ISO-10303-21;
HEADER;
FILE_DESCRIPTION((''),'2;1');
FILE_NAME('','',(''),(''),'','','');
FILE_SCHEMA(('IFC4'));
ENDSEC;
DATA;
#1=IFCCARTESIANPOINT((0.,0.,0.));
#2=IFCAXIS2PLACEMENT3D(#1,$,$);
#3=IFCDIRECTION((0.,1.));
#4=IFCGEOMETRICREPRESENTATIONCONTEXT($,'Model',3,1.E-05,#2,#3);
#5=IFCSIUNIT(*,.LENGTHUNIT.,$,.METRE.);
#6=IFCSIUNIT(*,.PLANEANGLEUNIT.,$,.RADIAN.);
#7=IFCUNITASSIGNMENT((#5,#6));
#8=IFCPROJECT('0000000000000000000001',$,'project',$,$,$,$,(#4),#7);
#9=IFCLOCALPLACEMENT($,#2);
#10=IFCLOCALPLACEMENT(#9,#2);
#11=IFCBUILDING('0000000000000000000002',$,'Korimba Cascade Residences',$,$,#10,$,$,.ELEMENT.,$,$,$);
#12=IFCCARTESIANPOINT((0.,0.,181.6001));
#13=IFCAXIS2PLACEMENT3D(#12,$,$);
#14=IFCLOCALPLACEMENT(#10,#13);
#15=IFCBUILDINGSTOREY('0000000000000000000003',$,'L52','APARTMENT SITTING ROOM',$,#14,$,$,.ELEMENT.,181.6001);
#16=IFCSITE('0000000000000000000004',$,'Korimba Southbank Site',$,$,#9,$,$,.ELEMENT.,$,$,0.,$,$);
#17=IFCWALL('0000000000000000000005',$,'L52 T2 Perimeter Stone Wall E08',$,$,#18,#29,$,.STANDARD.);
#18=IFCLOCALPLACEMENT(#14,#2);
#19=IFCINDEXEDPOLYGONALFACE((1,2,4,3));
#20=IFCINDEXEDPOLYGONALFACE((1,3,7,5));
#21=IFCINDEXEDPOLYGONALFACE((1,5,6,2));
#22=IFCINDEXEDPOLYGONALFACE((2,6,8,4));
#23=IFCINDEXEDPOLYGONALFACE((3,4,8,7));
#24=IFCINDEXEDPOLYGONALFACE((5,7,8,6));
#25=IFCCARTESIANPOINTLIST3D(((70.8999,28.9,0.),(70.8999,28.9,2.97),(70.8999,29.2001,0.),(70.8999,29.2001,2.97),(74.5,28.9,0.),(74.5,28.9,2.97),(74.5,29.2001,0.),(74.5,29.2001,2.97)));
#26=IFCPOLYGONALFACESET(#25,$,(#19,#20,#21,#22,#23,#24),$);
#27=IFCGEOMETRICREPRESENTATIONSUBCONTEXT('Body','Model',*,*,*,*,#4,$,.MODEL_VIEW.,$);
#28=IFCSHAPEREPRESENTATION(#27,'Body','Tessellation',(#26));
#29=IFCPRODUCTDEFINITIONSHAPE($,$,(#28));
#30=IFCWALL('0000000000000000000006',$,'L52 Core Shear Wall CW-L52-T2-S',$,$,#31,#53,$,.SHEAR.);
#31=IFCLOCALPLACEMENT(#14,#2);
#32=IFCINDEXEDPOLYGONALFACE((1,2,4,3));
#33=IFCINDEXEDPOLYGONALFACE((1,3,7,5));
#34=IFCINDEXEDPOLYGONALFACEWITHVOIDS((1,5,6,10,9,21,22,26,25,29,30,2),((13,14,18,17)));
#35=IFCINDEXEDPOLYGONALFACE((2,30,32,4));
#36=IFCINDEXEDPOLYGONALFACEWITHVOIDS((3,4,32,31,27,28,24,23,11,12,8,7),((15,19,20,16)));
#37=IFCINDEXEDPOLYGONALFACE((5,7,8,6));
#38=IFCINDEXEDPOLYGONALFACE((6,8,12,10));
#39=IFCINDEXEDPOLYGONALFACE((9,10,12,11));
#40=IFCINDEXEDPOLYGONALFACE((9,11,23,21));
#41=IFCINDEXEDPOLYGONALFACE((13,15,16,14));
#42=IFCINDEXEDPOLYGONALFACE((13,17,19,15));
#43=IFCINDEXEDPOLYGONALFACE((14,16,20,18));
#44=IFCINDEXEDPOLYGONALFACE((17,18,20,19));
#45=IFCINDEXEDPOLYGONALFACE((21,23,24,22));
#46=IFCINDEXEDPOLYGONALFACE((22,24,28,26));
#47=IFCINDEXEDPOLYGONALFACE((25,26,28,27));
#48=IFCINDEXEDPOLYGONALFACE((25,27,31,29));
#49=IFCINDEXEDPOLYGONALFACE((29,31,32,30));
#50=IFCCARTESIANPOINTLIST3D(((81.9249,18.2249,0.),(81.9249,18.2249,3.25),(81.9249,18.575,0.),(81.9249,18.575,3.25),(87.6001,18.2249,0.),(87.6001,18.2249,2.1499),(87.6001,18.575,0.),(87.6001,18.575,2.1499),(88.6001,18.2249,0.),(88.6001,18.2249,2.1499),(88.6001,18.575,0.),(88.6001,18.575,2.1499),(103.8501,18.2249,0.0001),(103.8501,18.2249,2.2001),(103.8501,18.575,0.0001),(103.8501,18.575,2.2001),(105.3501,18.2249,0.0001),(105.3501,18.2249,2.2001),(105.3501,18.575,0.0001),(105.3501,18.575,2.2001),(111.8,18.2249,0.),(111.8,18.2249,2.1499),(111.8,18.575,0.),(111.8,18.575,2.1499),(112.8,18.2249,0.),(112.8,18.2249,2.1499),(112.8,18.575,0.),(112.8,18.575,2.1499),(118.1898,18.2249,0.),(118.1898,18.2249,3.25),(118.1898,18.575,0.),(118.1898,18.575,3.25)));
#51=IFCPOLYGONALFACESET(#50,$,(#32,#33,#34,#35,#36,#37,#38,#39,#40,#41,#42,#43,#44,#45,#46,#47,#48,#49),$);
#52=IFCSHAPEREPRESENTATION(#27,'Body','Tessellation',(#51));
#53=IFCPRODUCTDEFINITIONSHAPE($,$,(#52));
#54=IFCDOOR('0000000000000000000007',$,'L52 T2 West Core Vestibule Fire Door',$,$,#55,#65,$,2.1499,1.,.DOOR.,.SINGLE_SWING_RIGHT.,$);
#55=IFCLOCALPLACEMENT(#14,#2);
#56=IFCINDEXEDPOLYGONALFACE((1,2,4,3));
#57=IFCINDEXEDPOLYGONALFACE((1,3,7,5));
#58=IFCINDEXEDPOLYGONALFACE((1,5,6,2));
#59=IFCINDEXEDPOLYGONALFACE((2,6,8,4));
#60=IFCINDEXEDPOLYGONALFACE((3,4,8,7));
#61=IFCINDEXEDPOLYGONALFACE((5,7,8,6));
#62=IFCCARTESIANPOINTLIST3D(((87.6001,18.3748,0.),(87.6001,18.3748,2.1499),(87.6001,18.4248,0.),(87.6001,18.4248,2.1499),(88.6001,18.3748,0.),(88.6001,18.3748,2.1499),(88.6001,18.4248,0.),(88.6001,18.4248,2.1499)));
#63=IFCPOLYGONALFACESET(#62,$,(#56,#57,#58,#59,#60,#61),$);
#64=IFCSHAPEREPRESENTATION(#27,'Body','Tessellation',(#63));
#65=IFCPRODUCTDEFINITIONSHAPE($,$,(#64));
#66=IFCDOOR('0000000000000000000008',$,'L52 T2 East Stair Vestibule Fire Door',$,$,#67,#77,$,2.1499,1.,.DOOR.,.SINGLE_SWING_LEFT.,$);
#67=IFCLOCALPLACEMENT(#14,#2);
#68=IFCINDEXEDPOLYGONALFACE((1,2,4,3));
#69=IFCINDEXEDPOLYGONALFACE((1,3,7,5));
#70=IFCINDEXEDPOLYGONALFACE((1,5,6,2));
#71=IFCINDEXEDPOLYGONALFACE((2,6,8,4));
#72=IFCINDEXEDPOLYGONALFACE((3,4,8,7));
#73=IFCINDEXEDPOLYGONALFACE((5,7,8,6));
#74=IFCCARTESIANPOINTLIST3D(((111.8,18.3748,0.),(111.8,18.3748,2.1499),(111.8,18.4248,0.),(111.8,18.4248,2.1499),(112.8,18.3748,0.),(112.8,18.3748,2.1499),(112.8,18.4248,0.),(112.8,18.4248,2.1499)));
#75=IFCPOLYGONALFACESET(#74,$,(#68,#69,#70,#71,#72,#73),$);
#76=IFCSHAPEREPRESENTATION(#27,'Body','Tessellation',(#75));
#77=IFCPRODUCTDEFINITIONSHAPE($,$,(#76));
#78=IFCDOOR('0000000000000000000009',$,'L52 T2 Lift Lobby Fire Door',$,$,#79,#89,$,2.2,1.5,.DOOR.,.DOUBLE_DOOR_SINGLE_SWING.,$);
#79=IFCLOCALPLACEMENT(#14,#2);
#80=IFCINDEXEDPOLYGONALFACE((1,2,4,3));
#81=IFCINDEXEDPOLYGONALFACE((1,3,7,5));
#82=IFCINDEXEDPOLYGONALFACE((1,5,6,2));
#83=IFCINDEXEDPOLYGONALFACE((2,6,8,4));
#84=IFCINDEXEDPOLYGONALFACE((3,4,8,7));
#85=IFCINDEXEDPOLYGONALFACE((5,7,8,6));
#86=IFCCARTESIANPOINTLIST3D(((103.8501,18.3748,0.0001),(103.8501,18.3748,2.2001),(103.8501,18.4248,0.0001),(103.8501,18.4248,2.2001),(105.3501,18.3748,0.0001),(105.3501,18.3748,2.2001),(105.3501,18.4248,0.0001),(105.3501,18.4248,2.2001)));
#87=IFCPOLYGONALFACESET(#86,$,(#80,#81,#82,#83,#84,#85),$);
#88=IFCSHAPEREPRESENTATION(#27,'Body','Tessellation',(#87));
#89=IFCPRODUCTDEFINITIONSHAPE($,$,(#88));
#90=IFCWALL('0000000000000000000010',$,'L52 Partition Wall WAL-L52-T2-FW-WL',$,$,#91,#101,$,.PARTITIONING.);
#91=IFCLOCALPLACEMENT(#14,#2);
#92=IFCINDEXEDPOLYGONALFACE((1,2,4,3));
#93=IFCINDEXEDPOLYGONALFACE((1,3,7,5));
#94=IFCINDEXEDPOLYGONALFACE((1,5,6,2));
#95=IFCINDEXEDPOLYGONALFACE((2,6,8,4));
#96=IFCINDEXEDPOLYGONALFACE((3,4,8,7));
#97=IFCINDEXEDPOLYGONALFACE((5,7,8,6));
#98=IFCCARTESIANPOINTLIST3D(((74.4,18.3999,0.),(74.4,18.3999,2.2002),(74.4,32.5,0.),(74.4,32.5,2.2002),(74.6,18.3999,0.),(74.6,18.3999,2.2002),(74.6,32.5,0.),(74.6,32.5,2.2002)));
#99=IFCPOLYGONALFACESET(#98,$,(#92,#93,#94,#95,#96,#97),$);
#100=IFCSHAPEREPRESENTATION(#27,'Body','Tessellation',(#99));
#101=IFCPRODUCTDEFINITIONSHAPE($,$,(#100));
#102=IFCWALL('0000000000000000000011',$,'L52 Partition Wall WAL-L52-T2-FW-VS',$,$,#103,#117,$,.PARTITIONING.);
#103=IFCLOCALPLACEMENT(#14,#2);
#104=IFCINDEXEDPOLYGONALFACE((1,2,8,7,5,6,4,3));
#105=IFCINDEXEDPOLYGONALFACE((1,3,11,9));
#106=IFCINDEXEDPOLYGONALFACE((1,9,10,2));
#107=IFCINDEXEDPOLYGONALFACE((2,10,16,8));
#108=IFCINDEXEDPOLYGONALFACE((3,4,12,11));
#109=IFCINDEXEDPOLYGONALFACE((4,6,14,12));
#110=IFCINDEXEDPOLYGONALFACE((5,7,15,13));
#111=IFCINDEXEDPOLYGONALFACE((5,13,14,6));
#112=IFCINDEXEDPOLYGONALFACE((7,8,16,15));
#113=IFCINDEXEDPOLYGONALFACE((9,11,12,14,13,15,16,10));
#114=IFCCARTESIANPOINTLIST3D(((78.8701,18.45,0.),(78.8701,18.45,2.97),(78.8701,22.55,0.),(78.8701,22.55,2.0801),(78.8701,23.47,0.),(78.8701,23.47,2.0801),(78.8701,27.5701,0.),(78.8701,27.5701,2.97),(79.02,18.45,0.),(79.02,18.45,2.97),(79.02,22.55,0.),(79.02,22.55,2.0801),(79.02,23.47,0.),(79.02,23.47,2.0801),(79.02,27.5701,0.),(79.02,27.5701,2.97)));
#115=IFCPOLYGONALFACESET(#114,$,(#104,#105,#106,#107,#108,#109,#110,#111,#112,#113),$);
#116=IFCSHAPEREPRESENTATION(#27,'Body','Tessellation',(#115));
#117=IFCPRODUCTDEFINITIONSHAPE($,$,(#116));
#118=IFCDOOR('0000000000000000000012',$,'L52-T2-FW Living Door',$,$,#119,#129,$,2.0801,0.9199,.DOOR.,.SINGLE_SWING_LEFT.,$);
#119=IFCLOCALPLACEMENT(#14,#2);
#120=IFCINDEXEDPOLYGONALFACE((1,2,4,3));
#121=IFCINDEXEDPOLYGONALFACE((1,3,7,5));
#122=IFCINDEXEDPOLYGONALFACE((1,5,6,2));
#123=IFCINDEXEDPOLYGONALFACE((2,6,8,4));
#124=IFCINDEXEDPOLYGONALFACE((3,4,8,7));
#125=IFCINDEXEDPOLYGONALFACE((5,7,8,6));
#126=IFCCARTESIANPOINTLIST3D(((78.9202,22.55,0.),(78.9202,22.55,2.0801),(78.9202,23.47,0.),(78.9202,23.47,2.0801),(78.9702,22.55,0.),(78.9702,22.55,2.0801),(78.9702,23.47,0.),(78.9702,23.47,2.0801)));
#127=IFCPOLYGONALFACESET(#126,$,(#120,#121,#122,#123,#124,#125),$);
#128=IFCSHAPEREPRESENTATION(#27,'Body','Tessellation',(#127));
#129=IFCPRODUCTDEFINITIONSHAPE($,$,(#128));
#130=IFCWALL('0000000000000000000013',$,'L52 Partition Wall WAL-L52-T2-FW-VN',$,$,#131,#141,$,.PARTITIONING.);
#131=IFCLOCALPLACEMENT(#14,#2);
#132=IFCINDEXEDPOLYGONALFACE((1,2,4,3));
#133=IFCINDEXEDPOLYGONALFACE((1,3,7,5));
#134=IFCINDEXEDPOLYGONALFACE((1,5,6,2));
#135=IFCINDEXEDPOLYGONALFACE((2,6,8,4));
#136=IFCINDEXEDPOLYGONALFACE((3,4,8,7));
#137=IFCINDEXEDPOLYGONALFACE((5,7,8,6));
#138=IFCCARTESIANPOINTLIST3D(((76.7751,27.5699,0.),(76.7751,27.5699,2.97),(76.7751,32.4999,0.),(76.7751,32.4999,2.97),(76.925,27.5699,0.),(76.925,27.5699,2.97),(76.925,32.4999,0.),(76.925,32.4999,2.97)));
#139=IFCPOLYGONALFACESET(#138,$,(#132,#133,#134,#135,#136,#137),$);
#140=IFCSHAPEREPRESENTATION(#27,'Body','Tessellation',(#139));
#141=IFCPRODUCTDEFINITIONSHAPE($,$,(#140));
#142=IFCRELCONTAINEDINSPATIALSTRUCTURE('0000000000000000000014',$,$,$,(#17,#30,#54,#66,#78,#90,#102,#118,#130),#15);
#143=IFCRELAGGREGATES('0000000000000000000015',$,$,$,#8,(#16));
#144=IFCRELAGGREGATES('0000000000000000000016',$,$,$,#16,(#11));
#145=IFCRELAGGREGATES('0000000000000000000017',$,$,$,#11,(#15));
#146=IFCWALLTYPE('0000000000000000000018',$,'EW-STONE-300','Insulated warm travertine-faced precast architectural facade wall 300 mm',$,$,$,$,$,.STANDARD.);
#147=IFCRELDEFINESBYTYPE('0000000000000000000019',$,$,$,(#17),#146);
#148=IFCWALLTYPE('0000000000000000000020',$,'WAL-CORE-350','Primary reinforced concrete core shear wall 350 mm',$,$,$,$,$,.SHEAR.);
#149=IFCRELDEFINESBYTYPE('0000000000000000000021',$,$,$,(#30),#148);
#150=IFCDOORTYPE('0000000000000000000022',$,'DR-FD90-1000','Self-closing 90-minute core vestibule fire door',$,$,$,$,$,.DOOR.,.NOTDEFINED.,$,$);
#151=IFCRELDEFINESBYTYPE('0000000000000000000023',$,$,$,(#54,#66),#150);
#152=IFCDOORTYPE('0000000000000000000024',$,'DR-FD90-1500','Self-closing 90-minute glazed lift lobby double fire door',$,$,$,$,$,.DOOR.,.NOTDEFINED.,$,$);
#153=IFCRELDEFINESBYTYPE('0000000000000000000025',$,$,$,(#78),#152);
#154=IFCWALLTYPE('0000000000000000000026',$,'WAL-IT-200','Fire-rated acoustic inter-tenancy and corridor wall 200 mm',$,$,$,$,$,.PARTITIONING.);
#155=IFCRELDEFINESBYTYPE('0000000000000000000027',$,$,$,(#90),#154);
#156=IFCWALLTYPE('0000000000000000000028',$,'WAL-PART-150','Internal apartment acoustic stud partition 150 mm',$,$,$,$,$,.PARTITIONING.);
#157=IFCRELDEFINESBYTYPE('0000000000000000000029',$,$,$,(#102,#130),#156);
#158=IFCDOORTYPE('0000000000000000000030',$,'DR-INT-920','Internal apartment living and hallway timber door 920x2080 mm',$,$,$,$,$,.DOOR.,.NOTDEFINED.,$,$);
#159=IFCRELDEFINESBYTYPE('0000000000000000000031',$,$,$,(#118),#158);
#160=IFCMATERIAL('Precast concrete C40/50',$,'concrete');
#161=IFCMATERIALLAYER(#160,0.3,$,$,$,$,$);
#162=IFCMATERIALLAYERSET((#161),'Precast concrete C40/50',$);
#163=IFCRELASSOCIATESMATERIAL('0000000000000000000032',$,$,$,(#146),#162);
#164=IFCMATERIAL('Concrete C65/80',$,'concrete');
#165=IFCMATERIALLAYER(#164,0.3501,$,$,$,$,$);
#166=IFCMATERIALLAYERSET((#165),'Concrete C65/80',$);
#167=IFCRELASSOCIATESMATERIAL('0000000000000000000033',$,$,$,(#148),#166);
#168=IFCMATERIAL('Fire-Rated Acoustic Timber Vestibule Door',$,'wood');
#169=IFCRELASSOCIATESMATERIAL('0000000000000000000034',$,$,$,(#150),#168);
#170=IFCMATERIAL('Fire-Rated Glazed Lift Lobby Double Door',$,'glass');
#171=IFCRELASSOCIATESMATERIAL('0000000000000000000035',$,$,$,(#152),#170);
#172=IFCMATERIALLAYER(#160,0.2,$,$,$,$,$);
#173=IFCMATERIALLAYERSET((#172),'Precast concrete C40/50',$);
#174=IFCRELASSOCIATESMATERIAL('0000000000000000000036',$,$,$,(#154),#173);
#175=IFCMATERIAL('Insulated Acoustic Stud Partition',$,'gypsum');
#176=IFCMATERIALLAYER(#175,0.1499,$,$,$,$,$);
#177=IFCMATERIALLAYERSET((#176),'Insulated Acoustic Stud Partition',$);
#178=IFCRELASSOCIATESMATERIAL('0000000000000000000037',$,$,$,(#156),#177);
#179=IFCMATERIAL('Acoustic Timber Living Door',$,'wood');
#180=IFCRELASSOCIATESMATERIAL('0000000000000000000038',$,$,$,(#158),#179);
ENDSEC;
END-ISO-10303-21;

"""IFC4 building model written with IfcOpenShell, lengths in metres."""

from ifc_helpers import new_model, si_unit, direction, frame, frame_2d, origin, place, context, subcontext, project, spatial, rectangle, extrude, material, layer, layer_set, type_object, element, fill, save


model = new_model("IFC4")

# Units and contexts
model_context = context("Model", 3, precision=1e-05, world=origin(), true_north=direction((0.0, 1.0)))
body_context = subcontext(model_context, "Body", "Model", "MODEL_VIEW")
ifc_project = project(units=[si_unit("LENGTHUNIT", "METRE"), si_unit("PLANEANGLEUNIT", "RADIAN")], contexts=[model_context])

# Site, building, storey
site_placement = place(None, origin())
site = spatial("IfcSite", under=ifc_project, at=site_placement, Name="Korimba Southbank Site", CompositionType="ELEMENT", RefElevation=0.0)
building_placement = place(site_placement, origin())
building = spatial("IfcBuilding", under=site, at=building_placement, Name="Korimba Cascade Residences", CompositionType="ELEMENT")
storey_placement = place(building_placement, frame((0.0, 0.0, 181.6001)))
storey = spatial("IfcBuildingStorey", under=building, at=storey_placement, Name="L52", Description="APARTMENT SITTING ROOM", CompositionType="ELEMENT", Elevation=181.6001)

# Wall
ifc_material_1 = material(Name="Precast concrete C40/50", Category="concrete")
ifc_layer_1 = layer(ifc_material_1, 0.3)
ifc_layer_set_1 = layer_set([ifc_layer_1], Name="Precast concrete C40/50")
wall_type_1 = type_object("IfcWallType", Name="EW-STONE-300", Description="Insulated warm travertine-faced precast architectural facade wall 300 mm", PredefinedType="STANDARD", material=ifc_layer_set_1)
wall_1_placement = place(storey_placement, frame((74.5, 29.05, 0.0), z_axis=(0.0, 0.0, 1.0), x_axis=(-1.0, 0.0, 0.0)))
element("IfcWall", 1, at=wall_1_placement, inside=storey, type_object=wall_type_1, Name="L52 T2 Perimeter Stone Wall E08", PredefinedType="STANDARD", context=body_context, shape_type="SweptSolid", body=[
    extrude(rectangle(XDim=3.6001, YDim=0.3, at=frame_2d((1.8, 0.0))), origin(), (0.0, 0.0, 1.0), 2.97),
])

# Wall, openings, doors
ifc_material_2 = material(Name="Concrete C65/80", Category="concrete")
ifc_layer_2 = layer(ifc_material_2, 0.3501)
ifc_layer_set_2 = layer_set([ifc_layer_2], Name="Concrete C65/80")
wall_type_2 = type_object("IfcWallType", Name="WAL-CORE-350", Description="Primary reinforced concrete core shear wall 350 mm", PredefinedType="SHEAR", material=ifc_layer_set_2)
wall_2_placement = place(storey_placement, frame((81.925, 18.3999, 0.0), z_axis=(0.0, 0.0, 1.0), x_axis=(1.0, 0.0, 0.0)))
wall_2 = element("IfcWall", 2, at=wall_2_placement, inside=storey, type_object=wall_type_2, Name="L52 Core Shear Wall CW-L52-T2-S", PredefinedType="SHEAR", context=body_context, shape_type="SweptSolid", body=[
    extrude(rectangle(XDim=36.2649, YDim=0.3501, at=frame_2d((18.1323, 0.0))), origin(), (0.0, 0.0, 1.0), 3.25),
])
opening_1_placement = place(wall_2_placement, frame((5.675, 0.0, 0.0)))
opening_1 = element("IfcOpeningElement", 3, at=opening_1_placement, cuts=wall_2, PredefinedType="OPENING", context=body_context, shape_type="SweptSolid", body=[
    extrude(rectangle(XDim=1.0, YDim=2.1499, at=frame_2d((0.5, 1.075))), frame((0.0, 0.1851, 0.0), z_axis=(0.0, -1.0, 0.0), x_axis=(1.0, 0.0, 0.0)), (0.0, 0.0, 1.0), 0.3701),
])
opening_2_placement = place(wall_2_placement, frame((21.925, 0.0, 0.0)))
opening_2 = element("IfcOpeningElement", 4, at=opening_2_placement, cuts=wall_2, PredefinedType="OPENING", context=body_context, shape_type="SweptSolid", body=[
    extrude(rectangle(XDim=1.5, YDim=2.2, at=frame_2d((0.75, 1.1001))), frame((0.0, 0.1851, 0.0), z_axis=(0.0, -1.0, 0.0), x_axis=(1.0, 0.0, 0.0)), (0.0, 0.0, 1.0), 0.3701),
])
opening_3_placement = place(wall_2_placement, frame((29.875, 0.0, 0.0)))
opening_3 = element("IfcOpeningElement", 5, at=opening_3_placement, cuts=wall_2, PredefinedType="OPENING", context=body_context, shape_type="SweptSolid", body=[
    extrude(rectangle(XDim=1.0, YDim=2.1499, at=frame_2d((0.5, 1.075))), frame((0.0, 0.1851, 0.0), z_axis=(0.0, -1.0, 0.0), x_axis=(1.0, 0.0, 0.0)), (0.0, 0.0, 1.0), 0.3701),
])
ifc_material_3 = material(Name="Fire-Rated Acoustic Timber Vestibule Door", Category="wood")
door_type_1 = type_object("IfcDoorType", Name="DR-FD90-1000", Description="Self-closing 90-minute core vestibule fire door", OperationType="NOTDEFINED", PredefinedType="DOOR", material=ifc_material_3)
door_1_placement = place(opening_1_placement, origin())
door_1 = element("IfcDoor", 6, at=door_1_placement, inside=storey, type_object=door_type_1, Name="L52 T2 West Core Vestibule Fire Door", OperationType="SINGLE_SWING_RIGHT", OverallHeight=2.1499, OverallWidth=1.0, PredefinedType="DOOR", context=body_context, shape_type="SweptSolid", body=[
    extrude(rectangle(XDim=1.0, YDim=2.1499, at=frame_2d((0.5, 1.075))), frame((0.0, 0.0249, 0.0), z_axis=(0.0, -1.0, 0.0), x_axis=(1.0, 0.0, 0.0)), (0.0, 0.0, 1.0), 0.05),
])
fill(opening_1, door_1)
door_2_placement = place(opening_3_placement, origin())
door_2 = element("IfcDoor", 7, at=door_2_placement, inside=storey, type_object=door_type_1, Name="L52 T2 East Stair Vestibule Fire Door", OperationType="SINGLE_SWING_LEFT", OverallHeight=2.1499, OverallWidth=1.0, PredefinedType="DOOR", context=body_context, shape_type="SweptSolid", body=[
    extrude(rectangle(XDim=1.0, YDim=2.1499, at=frame_2d((0.5, 1.075))), frame((0.0, 0.0249, 0.0), z_axis=(0.0, -1.0, 0.0), x_axis=(1.0, 0.0, 0.0)), (0.0, 0.0, 1.0), 0.05),
])
fill(opening_3, door_2)
ifc_material_4 = material(Name="Fire-Rated Glazed Lift Lobby Double Door", Category="glass")
door_type_2 = type_object("IfcDoorType", Name="DR-FD90-1500", Description="Self-closing 90-minute glazed lift lobby double fire door", OperationType="NOTDEFINED", PredefinedType="DOOR", material=ifc_material_4)
door_3_placement = place(opening_2_placement, origin())
door_3 = element("IfcDoor", 8, at=door_3_placement, inside=storey, type_object=door_type_2, Name="L52 T2 Lift Lobby Fire Door", OperationType="DOUBLE_DOOR_SINGLE_SWING", OverallHeight=2.2, OverallWidth=1.5, PredefinedType="DOOR", context=body_context, shape_type="SweptSolid", body=[
    extrude(rectangle(XDim=1.5, YDim=2.2, at=frame_2d((0.75, 1.1001))), frame((0.0, 0.0249, 0.0), z_axis=(0.0, -1.0, 0.0), x_axis=(1.0, 0.0, 0.0)), (0.0, 0.0, 1.0), 0.05),
])
fill(opening_2, door_3)

# Wall
ifc_layer_3 = layer(ifc_material_1, 0.2)
ifc_layer_set_3 = layer_set([ifc_layer_3], Name="Precast concrete C40/50")
wall_type_3 = type_object("IfcWallType", Name="WAL-IT-200", Description="Fire-rated acoustic inter-tenancy and corridor wall 200 mm", PredefinedType="PARTITIONING", material=ifc_layer_set_3)
wall_3_placement = place(storey_placement, frame((74.5, 18.3999, 0.0), z_axis=(0.0, 0.0, 1.0), x_axis=(0.0, 1.0, 0.0)))
element("IfcWall", 9, at=wall_3_placement, inside=storey, type_object=wall_type_3, Name="L52 Partition Wall WAL-L52-T2-FW-WL", PredefinedType="PARTITIONING", context=body_context, shape_type="SweptSolid", body=[
    extrude(rectangle(XDim=14.1001, YDim=0.2, at=frame_2d((7.05, 0.0))), origin(), (0.0, 0.0, 1.0), 2.2002),
])

# Wall, opening, door
ifc_material_5 = material(Name="Insulated Acoustic Stud Partition", Category="gypsum")
ifc_layer_4 = layer(ifc_material_5, 0.1499)
ifc_layer_set_4 = layer_set([ifc_layer_4], Name="Insulated Acoustic Stud Partition")
wall_type_4 = type_object("IfcWallType", Name="WAL-PART-150", Description="Internal apartment acoustic stud partition 150 mm", PredefinedType="PARTITIONING", material=ifc_layer_set_4)
wall_4_placement = place(storey_placement, frame((78.9451, 18.45, 0.0), z_axis=(0.0, 0.0, 1.0), x_axis=(0.0, 1.0, 0.0)))
wall_4 = element("IfcWall", 10, at=wall_4_placement, inside=storey, type_object=wall_type_4, Name="L52 Partition Wall WAL-L52-T2-FW-VS", PredefinedType="PARTITIONING", context=body_context, shape_type="SweptSolid", body=[
    extrude(rectangle(XDim=9.1201, YDim=0.1499, at=frame_2d((4.5601, 0.0))), origin(), (0.0, 0.0, 1.0), 2.97),
])
opening_4_placement = place(wall_4_placement, frame((4.1001, 0.0, 0.0)))
opening_4 = element("IfcOpeningElement", 11, at=opening_4_placement, cuts=wall_4, PredefinedType="OPENING", context=body_context, shape_type="SweptSolid", body=[
    extrude(rectangle(XDim=0.9199, YDim=2.0801, at=frame_2d((0.46, 1.04))), frame((0.0, 0.085, 0.0), z_axis=(0.0, -1.0, 0.0), x_axis=(1.0, 0.0, 0.0)), (0.0, 0.0, 1.0), 0.1699),
])
ifc_material_6 = material(Name="Acoustic Timber Living Door", Category="wood")
door_type_3 = type_object("IfcDoorType", Name="DR-INT-920", Description="Internal apartment living and hallway timber door 920x2080 mm", OperationType="NOTDEFINED", PredefinedType="DOOR", material=ifc_material_6)
door_4_placement = place(opening_4_placement, origin())
door_4 = element("IfcDoor", 12, at=door_4_placement, inside=storey, type_object=door_type_3, Name="L52-T2-FW Living Door", OperationType="SINGLE_SWING_LEFT", OverallHeight=2.0801, OverallWidth=0.9199, PredefinedType="DOOR", context=body_context, shape_type="SweptSolid", body=[
    extrude(rectangle(XDim=0.9199, YDim=2.0801, at=frame_2d((0.46, 1.04))), frame((0.0, 0.0249, 0.0), z_axis=(0.0, -1.0, 0.0), x_axis=(1.0, 0.0, 0.0)), (0.0, 0.0, 1.0), 0.05),
])
fill(opening_4, door_4)

# Wall
wall_5_placement = place(storey_placement, frame((76.8501, 27.5701, 0.0), z_axis=(0.0, 0.0, 1.0), x_axis=(0.0, 1.0, 0.0)))
element("IfcWall", 13, at=wall_5_placement, inside=storey, type_object=wall_type_4, Name="L52 Partition Wall WAL-L52-T2-FW-VN", PredefinedType="PARTITIONING", context=body_context, shape_type="SweptSolid", body=[
    extrude(rectangle(XDim=4.9299, YDim=0.1499, at=frame_2d((2.4648, 0.0))), origin(), (0.0, 0.0, 1.0), 2.97),
])

save(model, "model.ifc")
